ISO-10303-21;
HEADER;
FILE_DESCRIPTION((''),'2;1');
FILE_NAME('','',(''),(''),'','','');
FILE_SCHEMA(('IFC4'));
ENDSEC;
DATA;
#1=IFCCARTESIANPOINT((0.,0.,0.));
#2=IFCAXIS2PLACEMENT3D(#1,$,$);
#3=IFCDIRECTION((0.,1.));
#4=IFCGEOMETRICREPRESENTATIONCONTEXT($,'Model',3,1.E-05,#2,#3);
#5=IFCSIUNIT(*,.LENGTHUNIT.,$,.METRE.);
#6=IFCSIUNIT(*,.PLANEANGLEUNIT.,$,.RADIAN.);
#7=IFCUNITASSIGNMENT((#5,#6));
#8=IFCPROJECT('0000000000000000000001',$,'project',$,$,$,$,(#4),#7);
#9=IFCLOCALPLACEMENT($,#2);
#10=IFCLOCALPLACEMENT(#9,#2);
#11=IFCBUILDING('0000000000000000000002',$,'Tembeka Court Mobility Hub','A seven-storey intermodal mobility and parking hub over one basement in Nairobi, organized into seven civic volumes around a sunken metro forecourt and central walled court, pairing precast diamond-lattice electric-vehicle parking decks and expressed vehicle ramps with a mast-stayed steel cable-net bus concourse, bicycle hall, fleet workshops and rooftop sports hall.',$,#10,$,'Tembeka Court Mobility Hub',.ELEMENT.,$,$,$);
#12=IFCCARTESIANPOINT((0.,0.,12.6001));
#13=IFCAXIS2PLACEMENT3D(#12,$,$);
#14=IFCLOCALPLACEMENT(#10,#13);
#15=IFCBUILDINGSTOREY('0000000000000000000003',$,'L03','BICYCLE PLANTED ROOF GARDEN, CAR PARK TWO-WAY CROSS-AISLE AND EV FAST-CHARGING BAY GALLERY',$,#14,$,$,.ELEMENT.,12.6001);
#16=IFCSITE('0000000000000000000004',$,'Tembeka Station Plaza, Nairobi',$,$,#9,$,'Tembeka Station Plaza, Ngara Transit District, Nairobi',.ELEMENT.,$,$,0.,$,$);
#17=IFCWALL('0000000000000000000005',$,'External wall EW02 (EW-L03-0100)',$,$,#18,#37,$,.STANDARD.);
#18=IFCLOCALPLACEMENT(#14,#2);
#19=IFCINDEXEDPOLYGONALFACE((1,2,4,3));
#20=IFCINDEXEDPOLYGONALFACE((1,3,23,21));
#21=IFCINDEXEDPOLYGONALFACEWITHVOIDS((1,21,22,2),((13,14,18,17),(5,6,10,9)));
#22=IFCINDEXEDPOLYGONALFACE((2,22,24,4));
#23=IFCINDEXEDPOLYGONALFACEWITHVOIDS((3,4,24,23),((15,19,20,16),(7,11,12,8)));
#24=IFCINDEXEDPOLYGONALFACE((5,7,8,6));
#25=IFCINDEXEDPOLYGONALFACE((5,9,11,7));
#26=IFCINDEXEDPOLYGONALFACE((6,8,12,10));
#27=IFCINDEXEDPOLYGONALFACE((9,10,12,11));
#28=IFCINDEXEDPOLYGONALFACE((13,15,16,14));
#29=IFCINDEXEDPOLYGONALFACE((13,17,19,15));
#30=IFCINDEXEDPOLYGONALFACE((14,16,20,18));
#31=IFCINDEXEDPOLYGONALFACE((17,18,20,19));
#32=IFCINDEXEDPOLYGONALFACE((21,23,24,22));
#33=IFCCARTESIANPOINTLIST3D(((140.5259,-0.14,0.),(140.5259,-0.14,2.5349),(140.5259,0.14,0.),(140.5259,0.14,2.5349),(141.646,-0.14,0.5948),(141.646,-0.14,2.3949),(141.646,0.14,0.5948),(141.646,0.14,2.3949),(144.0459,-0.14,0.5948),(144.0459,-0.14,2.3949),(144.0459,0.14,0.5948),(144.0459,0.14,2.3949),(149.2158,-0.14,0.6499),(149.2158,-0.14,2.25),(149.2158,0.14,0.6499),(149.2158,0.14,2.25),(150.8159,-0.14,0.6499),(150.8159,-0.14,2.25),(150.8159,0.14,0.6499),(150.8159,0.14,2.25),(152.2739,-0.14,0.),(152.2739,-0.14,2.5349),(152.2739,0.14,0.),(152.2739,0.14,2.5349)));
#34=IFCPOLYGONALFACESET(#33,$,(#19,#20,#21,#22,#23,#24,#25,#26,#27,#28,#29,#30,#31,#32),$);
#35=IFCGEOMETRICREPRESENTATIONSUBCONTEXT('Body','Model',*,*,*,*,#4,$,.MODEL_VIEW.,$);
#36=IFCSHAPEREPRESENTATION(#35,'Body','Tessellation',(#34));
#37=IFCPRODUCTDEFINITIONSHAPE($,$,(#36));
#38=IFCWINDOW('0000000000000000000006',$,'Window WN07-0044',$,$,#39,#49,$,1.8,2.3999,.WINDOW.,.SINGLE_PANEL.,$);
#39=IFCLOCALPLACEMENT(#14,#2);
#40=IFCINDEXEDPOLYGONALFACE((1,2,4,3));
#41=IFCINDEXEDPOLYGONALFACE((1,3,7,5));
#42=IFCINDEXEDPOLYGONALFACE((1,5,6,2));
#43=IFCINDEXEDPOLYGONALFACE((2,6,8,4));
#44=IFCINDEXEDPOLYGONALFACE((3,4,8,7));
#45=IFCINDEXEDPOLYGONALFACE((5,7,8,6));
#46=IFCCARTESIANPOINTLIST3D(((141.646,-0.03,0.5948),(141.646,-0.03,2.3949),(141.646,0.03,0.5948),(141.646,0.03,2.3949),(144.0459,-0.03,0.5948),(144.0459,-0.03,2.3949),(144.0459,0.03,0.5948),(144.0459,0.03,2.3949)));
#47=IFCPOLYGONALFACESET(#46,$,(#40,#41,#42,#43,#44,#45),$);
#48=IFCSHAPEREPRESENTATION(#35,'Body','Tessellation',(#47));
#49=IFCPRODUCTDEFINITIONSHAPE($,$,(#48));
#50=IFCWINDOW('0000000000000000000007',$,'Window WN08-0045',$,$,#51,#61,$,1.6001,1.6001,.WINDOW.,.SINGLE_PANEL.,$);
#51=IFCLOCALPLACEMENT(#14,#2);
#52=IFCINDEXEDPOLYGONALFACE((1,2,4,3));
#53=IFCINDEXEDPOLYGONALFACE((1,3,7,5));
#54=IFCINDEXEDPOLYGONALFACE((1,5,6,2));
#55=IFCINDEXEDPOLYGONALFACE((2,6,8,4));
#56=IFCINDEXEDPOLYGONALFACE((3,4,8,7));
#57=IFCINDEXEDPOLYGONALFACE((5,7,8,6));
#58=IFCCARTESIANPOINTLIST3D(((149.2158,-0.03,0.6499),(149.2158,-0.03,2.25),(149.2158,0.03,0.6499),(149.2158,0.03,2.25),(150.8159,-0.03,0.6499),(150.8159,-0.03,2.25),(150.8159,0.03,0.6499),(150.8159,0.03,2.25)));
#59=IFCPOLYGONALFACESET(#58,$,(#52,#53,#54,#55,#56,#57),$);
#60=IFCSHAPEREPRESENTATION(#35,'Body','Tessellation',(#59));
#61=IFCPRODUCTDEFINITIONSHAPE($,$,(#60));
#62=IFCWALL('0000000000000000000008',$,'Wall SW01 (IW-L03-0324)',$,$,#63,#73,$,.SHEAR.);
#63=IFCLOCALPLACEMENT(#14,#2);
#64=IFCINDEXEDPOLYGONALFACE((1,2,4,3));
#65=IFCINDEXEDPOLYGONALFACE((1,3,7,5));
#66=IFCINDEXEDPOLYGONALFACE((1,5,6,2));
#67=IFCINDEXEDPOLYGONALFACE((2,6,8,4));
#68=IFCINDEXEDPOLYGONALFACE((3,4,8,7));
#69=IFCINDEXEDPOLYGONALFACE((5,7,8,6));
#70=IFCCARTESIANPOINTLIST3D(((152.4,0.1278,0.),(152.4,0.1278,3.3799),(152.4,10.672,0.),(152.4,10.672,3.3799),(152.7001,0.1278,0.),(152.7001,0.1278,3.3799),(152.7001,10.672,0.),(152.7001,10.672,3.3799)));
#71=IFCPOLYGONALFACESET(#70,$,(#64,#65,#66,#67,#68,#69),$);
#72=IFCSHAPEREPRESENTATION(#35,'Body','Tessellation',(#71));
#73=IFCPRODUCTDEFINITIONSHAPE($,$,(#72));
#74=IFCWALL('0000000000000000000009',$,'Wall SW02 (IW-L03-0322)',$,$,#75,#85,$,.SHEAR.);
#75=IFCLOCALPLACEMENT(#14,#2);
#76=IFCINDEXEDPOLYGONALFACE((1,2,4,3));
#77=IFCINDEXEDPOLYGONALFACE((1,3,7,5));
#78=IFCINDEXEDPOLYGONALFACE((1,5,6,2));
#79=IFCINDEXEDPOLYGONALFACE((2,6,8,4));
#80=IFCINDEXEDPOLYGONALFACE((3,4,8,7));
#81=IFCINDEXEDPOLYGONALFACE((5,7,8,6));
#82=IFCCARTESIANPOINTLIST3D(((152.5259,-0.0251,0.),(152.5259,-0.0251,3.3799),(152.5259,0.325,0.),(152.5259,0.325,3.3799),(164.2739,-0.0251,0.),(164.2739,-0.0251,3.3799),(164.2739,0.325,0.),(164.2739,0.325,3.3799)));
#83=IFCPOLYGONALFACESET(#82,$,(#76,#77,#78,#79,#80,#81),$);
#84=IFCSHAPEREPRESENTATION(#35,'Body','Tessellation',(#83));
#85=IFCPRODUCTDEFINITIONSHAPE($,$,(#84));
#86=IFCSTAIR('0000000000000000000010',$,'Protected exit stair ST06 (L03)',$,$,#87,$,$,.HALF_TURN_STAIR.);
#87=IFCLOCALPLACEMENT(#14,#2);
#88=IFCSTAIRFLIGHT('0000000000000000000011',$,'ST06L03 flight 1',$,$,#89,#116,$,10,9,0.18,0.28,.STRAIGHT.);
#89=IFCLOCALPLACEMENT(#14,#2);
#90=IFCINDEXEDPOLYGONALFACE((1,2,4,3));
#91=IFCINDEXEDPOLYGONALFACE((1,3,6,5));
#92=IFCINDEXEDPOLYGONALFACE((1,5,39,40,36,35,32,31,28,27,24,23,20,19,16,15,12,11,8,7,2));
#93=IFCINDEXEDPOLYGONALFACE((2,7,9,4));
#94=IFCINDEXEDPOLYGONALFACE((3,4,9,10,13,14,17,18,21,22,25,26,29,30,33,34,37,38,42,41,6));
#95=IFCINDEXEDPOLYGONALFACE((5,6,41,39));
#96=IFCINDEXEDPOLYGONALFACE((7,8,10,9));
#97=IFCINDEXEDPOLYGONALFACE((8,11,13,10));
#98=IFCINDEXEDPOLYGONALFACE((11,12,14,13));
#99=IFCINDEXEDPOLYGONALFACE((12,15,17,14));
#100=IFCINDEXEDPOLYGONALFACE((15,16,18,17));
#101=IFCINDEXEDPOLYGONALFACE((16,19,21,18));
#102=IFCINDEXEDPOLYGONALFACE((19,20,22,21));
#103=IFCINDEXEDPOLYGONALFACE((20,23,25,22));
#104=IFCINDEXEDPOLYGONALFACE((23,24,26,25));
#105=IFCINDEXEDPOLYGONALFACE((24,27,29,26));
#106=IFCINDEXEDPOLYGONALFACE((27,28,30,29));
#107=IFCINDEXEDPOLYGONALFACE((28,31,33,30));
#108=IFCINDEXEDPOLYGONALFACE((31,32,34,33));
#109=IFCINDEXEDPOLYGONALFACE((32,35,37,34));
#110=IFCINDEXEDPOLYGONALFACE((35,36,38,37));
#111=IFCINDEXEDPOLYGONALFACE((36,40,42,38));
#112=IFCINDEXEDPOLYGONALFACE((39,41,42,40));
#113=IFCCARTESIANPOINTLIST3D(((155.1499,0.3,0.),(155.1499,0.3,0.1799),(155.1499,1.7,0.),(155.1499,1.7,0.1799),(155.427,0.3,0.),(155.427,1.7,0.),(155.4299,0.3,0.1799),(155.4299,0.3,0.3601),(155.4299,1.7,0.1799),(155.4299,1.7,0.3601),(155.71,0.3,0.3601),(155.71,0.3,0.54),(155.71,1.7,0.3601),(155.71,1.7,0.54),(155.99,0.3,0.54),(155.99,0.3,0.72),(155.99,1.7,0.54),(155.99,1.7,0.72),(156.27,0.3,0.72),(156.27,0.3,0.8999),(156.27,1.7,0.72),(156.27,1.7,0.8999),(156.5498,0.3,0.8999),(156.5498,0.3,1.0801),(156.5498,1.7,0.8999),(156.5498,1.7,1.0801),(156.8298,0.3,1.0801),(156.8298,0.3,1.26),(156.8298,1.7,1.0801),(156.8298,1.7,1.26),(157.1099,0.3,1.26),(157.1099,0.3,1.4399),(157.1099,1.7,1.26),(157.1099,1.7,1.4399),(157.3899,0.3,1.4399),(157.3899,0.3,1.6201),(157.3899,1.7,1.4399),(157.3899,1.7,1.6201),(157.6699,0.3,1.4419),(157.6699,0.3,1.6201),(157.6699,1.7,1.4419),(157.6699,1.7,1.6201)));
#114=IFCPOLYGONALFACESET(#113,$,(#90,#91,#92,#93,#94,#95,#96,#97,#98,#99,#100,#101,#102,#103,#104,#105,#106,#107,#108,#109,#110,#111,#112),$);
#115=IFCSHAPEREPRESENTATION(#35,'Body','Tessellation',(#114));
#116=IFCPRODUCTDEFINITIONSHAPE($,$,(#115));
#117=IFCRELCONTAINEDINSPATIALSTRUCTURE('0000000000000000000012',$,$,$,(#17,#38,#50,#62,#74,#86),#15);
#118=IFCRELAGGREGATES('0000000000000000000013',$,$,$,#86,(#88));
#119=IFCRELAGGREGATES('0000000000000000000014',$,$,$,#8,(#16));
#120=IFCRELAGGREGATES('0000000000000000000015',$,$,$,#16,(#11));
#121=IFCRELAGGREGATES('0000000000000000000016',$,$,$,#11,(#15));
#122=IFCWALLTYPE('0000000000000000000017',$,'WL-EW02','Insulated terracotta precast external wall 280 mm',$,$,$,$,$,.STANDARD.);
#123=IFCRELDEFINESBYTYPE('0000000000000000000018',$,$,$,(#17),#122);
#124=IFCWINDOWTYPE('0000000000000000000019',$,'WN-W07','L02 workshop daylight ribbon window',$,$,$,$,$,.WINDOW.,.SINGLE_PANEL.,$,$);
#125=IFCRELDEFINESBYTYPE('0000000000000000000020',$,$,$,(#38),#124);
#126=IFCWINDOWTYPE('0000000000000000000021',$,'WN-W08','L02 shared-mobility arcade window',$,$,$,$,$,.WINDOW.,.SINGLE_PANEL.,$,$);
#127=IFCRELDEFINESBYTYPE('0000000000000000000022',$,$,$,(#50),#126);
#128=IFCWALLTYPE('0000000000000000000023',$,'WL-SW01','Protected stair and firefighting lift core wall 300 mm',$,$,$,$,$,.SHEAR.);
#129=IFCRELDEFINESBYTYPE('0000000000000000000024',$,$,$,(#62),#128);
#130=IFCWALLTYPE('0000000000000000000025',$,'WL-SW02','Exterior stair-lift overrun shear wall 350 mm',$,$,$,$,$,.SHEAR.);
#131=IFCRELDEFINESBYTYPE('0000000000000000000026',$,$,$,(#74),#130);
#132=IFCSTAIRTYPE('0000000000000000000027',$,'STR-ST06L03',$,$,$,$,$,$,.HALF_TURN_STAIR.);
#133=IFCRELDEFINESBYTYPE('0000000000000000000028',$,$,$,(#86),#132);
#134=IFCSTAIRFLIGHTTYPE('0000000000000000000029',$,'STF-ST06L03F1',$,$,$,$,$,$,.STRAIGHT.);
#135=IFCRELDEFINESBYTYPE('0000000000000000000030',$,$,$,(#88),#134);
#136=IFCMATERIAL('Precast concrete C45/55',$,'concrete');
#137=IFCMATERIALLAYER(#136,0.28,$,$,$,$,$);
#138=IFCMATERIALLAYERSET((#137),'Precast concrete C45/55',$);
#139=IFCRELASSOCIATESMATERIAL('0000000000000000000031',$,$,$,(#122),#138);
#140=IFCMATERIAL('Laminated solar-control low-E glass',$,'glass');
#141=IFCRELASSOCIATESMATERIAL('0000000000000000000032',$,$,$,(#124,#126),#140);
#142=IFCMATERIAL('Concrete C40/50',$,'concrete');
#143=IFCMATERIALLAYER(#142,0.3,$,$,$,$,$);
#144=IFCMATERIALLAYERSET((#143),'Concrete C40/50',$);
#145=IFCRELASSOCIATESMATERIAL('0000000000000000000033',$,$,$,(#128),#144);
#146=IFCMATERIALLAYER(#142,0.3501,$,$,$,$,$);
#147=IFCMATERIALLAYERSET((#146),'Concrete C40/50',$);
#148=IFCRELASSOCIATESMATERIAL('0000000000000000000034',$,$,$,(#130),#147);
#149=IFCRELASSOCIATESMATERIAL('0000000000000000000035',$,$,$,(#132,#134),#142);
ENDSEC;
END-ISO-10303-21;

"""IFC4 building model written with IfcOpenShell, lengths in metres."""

from ifc_helpers import new_model, si_unit, direction, frame, frame_2d, origin, place, context, subcontext, project, spatial, polyline, rectangle, outline, extrude, material, layer, layer_set, type_object, element, fill, aggregate, save


model = new_model("IFC4")

# Units and contexts
model_context = context("Model", 3, precision=1e-05, world=origin(), true_north=direction((0.0, 1.0)))
body_context = subcontext(model_context, "Body", "Model", "MODEL_VIEW")
ifc_project = project(units=[si_unit("LENGTHUNIT", "METRE"), si_unit("PLANEANGLEUNIT", "RADIAN")], contexts=[model_context])

# Site, building, storey
site_placement = place(None, origin())
site = spatial("IfcSite", under=ifc_project, at=site_placement, Name="Tembeka Station Plaza, Nairobi", LongName="Tembeka Station Plaza, Ngara Transit District, Nairobi", CompositionType="ELEMENT", RefElevation=0.0)
building_placement = place(site_placement, origin())
building = spatial("IfcBuilding", under=site, at=building_placement, Name="Tembeka Court Mobility Hub", Description="A seven-storey intermodal mobility and parking hub over one basement in Nairobi, organized into seven civic volumes around a sunken metro forecourt and central walled court, pairing precast diamond-lattice electric-vehicle parking decks and expressed vehicle ramps with a mast-stayed steel cable-net bus concourse, bicycle hall, fleet workshops and rooftop sports hall.", LongName="Tembeka Court Mobility Hub", CompositionType="ELEMENT")
storey_placement = place(building_placement, frame((0.0, 0.0, 12.6001)))
storey = spatial("IfcBuildingStorey", under=building, at=storey_placement, Name="L03", Description="BICYCLE PLANTED ROOF GARDEN, CAR PARK TWO-WAY CROSS-AISLE AND EV FAST-CHARGING BAY GALLERY", CompositionType="ELEMENT", Elevation=12.6001)

# Shared definitions
ifc_material_1 = material(Name="Laminated solar-control low-E glass", Category="glass")

# Wall, openings, windows
ifc_material_2 = material(Name="Precast concrete C45/55", Category="concrete")
ifc_layer_1 = layer(ifc_material_2, 0.28)
ifc_layer_set_1 = layer_set([ifc_layer_1], Name="Precast concrete C45/55")
wall_type_1 = type_object("IfcWallType", Name="WL-EW02", Description="Insulated terracotta precast external wall 280 mm", PredefinedType="STANDARD", material=ifc_layer_set_1)
wall_1_placement = place(storey_placement, frame((140.5259, 0.0, 0.0), z_axis=(0.0, 0.0, 1.0), x_axis=(1.0, 0.0, 0.0)))
wall_1 = element("IfcWall", 1, at=wall_1_placement, inside=storey, type_object=wall_type_1, Name="External wall EW02 (EW-L03-0100)", PredefinedType="STANDARD", context=body_context, shape_type="SweptSolid", body=[
    extrude(rectangle(XDim=11.748, YDim=0.28, at=frame_2d((5.874, 0.0))), origin(), (0.0, 0.0, 1.0), 2.5349),
])
opening_1_placement = place(wall_1_placement, frame((1.1201, 0.0, 0.595)))
opening_1 = element("IfcOpeningElement", 2, at=opening_1_placement, cuts=wall_1, PredefinedType="OPENING", context=body_context, shape_type="SweptSolid", body=[
    extrude(rectangle(XDim=2.3999, YDim=1.8, at=frame_2d((1.2, 0.8999))), frame((0.0, 0.1499, 0.0), z_axis=(0.0, -1.0, 0.0), x_axis=(1.0, 0.0, 0.0)), (0.0, 0.0, 1.0), 0.3),
])
opening_2_placement = place(wall_1_placement, frame((8.6899, 0.0, 0.6499)))
opening_2 = element("IfcOpeningElement", 3, at=opening_2_placement, cuts=wall_1, PredefinedType="OPENING", context=body_context, shape_type="SweptSolid", body=[
    extrude(rectangle(XDim=1.6001, YDim=1.6001, at=frame_2d((0.8, 0.8))), frame((0.0, 0.1499, 0.0), z_axis=(0.0, -1.0, 0.0), x_axis=(1.0, 0.0, 0.0)), (0.0, 0.0, 1.0), 0.3),
])
window_type_1 = type_object("IfcWindowType", Name="WN-W07", Description="L02 workshop daylight ribbon window", PartitioningType="SINGLE_PANEL", PredefinedType="WINDOW", material=ifc_material_1)
window_1_placement = place(opening_1_placement, origin())
window_1 = element("IfcWindow", 4, at=window_1_placement, inside=storey, type_object=window_type_1, Name="Window WN07-0044", OverallHeight=1.8, OverallWidth=2.3999, PartitioningType="SINGLE_PANEL", PredefinedType="WINDOW", context=body_context, shape_type="SweptSolid", body=[
    extrude(rectangle(XDim=2.3999, YDim=1.8, at=frame_2d((1.2, 0.8999))), frame((0.0, 0.03, 0.0), z_axis=(0.0, -1.0, 0.0), x_axis=(1.0, 0.0, 0.0)), (0.0, 0.0, 1.0), 0.0601),
])
fill(opening_1, window_1)
window_type_2 = type_object("IfcWindowType", Name="WN-W08", Description="L02 shared-mobility arcade window", PartitioningType="SINGLE_PANEL", PredefinedType="WINDOW", material=ifc_material_1)
window_2_placement = place(opening_2_placement, origin())
window_2 = element("IfcWindow", 5, at=window_2_placement, inside=storey, type_object=window_type_2, Name="Window WN08-0045", OverallHeight=1.6001, OverallWidth=1.6001, PartitioningType="SINGLE_PANEL", PredefinedType="WINDOW", context=body_context, shape_type="SweptSolid", body=[
    extrude(rectangle(XDim=1.6001, YDim=1.6001, at=frame_2d((0.8, 0.8))), frame((0.0, 0.03, 0.0), z_axis=(0.0, -1.0, 0.0), x_axis=(1.0, 0.0, 0.0)), (0.0, 0.0, 1.0), 0.0601),
])
fill(opening_2, window_2)

# Walls
ifc_material_3 = material(Name="Concrete C40/50", Category="concrete")
ifc_layer_2 = layer(ifc_material_3, 0.3)
ifc_layer_set_2 = layer_set([ifc_layer_2], Name="Concrete C40/50")
wall_type_2 = type_object("IfcWallType", Name="WL-SW01", Description="Protected stair and firefighting lift core wall 300 mm", PredefinedType="SHEAR", material=ifc_layer_set_2)
wall_2_placement = place(storey_placement, frame((152.55, 0.1279, 0.0), z_axis=(0.0, 0.0, 1.0), x_axis=(0.0, 1.0, 0.0)))
element("IfcWall", 6, at=wall_2_placement, inside=storey, type_object=wall_type_2, Name="Wall SW01 (IW-L03-0324)", PredefinedType="SHEAR", context=body_context, shape_type="SweptSolid", body=[
    extrude(rectangle(XDim=10.5442, YDim=0.3, at=frame_2d((5.272, 0.0))), origin(), (0.0, 0.0, 1.0), 3.3799),
])
ifc_layer_3 = layer(ifc_material_3, 0.3501)
ifc_layer_set_3 = layer_set([ifc_layer_3], Name="Concrete C40/50")
wall_type_3 = type_object("IfcWallType", Name="WL-SW02", Description="Exterior stair-lift overrun shear wall 350 mm", PredefinedType="SHEAR", material=ifc_layer_set_3)
wall_3_placement = place(storey_placement, frame((152.5259, 0.1499, 0.0), z_axis=(0.0, 0.0, 1.0), x_axis=(1.0, 0.0, 0.0)))
element("IfcWall", 7, at=wall_3_placement, inside=storey, type_object=wall_type_3, Name="Wall SW02 (IW-L03-0322)", PredefinedType="SHEAR", context=body_context, shape_type="SweptSolid", body=[
    extrude(rectangle(XDim=11.748, YDim=0.3501, at=frame_2d((5.874, 0.0))), origin(), (0.0, 0.0, 1.0), 3.3799),
])

# Stair, stair flight
stair_type = type_object("IfcStairType", Name="STR-ST06L03", PredefinedType="HALF_TURN_STAIR", material=ifc_material_3)
stair_placement = place(storey_placement, origin())
stair = element("IfcStair", 8, at=stair_placement, inside=storey, type_object=stair_type, Name="Protected exit stair ST06 (L03)", PredefinedType="HALF_TURN_STAIR")
stair_flight_type = type_object("IfcStairFlightType", Name="STF-ST06L03F1", PredefinedType="STRAIGHT", material=ifc_material_3)
stair_flight_placement = place(storey_placement, frame((155.1499, 1.0, 0.0), z_axis=(0.0, 0.0, 1.0), x_axis=(1.0, 0.0, 0.0)))
stair_flight = element("IfcStairFlight", 9, at=stair_flight_placement, type_object=stair_flight_type, Name="ST06L03 flight 1", NumberOfRisers=10, NumberOfTreads=9, PredefinedType="STRAIGHT", RiserHeight=0.18, TreadLength=0.28, context=body_context, shape_type="SweptSolid", body=[
    extrude(outline(polyline([(0.0, 0.0), (0.0, 0.1799), (0.28, 0.1799), (0.28, 0.3601), (0.5601, 0.3601), (0.5601, 0.54), (0.8401, 0.54), (0.8401, 0.72), (1.1201, 0.72), (1.1201, 0.8999), (1.3999, 0.8999), (1.3999, 1.0801), (1.6799, 1.0801), (1.6799, 1.26), (1.96, 1.26), (1.96, 1.4399), (2.24, 1.4399), (2.24, 1.6201), (2.52, 1.6201), (2.52, 1.8), (2.52, 1.4419), (0.2771, 0.0), (0.0, 0.0)])), frame((0.0, 0.7, 0.0), z_axis=(0.0, -1.0, 0.0), x_axis=(1.0, 0.0, 0.0)), (0.0, 0.0, 1.0), 1.3999),
])
aggregate(stair, [stair_flight])

save(model, "model.ifc")
